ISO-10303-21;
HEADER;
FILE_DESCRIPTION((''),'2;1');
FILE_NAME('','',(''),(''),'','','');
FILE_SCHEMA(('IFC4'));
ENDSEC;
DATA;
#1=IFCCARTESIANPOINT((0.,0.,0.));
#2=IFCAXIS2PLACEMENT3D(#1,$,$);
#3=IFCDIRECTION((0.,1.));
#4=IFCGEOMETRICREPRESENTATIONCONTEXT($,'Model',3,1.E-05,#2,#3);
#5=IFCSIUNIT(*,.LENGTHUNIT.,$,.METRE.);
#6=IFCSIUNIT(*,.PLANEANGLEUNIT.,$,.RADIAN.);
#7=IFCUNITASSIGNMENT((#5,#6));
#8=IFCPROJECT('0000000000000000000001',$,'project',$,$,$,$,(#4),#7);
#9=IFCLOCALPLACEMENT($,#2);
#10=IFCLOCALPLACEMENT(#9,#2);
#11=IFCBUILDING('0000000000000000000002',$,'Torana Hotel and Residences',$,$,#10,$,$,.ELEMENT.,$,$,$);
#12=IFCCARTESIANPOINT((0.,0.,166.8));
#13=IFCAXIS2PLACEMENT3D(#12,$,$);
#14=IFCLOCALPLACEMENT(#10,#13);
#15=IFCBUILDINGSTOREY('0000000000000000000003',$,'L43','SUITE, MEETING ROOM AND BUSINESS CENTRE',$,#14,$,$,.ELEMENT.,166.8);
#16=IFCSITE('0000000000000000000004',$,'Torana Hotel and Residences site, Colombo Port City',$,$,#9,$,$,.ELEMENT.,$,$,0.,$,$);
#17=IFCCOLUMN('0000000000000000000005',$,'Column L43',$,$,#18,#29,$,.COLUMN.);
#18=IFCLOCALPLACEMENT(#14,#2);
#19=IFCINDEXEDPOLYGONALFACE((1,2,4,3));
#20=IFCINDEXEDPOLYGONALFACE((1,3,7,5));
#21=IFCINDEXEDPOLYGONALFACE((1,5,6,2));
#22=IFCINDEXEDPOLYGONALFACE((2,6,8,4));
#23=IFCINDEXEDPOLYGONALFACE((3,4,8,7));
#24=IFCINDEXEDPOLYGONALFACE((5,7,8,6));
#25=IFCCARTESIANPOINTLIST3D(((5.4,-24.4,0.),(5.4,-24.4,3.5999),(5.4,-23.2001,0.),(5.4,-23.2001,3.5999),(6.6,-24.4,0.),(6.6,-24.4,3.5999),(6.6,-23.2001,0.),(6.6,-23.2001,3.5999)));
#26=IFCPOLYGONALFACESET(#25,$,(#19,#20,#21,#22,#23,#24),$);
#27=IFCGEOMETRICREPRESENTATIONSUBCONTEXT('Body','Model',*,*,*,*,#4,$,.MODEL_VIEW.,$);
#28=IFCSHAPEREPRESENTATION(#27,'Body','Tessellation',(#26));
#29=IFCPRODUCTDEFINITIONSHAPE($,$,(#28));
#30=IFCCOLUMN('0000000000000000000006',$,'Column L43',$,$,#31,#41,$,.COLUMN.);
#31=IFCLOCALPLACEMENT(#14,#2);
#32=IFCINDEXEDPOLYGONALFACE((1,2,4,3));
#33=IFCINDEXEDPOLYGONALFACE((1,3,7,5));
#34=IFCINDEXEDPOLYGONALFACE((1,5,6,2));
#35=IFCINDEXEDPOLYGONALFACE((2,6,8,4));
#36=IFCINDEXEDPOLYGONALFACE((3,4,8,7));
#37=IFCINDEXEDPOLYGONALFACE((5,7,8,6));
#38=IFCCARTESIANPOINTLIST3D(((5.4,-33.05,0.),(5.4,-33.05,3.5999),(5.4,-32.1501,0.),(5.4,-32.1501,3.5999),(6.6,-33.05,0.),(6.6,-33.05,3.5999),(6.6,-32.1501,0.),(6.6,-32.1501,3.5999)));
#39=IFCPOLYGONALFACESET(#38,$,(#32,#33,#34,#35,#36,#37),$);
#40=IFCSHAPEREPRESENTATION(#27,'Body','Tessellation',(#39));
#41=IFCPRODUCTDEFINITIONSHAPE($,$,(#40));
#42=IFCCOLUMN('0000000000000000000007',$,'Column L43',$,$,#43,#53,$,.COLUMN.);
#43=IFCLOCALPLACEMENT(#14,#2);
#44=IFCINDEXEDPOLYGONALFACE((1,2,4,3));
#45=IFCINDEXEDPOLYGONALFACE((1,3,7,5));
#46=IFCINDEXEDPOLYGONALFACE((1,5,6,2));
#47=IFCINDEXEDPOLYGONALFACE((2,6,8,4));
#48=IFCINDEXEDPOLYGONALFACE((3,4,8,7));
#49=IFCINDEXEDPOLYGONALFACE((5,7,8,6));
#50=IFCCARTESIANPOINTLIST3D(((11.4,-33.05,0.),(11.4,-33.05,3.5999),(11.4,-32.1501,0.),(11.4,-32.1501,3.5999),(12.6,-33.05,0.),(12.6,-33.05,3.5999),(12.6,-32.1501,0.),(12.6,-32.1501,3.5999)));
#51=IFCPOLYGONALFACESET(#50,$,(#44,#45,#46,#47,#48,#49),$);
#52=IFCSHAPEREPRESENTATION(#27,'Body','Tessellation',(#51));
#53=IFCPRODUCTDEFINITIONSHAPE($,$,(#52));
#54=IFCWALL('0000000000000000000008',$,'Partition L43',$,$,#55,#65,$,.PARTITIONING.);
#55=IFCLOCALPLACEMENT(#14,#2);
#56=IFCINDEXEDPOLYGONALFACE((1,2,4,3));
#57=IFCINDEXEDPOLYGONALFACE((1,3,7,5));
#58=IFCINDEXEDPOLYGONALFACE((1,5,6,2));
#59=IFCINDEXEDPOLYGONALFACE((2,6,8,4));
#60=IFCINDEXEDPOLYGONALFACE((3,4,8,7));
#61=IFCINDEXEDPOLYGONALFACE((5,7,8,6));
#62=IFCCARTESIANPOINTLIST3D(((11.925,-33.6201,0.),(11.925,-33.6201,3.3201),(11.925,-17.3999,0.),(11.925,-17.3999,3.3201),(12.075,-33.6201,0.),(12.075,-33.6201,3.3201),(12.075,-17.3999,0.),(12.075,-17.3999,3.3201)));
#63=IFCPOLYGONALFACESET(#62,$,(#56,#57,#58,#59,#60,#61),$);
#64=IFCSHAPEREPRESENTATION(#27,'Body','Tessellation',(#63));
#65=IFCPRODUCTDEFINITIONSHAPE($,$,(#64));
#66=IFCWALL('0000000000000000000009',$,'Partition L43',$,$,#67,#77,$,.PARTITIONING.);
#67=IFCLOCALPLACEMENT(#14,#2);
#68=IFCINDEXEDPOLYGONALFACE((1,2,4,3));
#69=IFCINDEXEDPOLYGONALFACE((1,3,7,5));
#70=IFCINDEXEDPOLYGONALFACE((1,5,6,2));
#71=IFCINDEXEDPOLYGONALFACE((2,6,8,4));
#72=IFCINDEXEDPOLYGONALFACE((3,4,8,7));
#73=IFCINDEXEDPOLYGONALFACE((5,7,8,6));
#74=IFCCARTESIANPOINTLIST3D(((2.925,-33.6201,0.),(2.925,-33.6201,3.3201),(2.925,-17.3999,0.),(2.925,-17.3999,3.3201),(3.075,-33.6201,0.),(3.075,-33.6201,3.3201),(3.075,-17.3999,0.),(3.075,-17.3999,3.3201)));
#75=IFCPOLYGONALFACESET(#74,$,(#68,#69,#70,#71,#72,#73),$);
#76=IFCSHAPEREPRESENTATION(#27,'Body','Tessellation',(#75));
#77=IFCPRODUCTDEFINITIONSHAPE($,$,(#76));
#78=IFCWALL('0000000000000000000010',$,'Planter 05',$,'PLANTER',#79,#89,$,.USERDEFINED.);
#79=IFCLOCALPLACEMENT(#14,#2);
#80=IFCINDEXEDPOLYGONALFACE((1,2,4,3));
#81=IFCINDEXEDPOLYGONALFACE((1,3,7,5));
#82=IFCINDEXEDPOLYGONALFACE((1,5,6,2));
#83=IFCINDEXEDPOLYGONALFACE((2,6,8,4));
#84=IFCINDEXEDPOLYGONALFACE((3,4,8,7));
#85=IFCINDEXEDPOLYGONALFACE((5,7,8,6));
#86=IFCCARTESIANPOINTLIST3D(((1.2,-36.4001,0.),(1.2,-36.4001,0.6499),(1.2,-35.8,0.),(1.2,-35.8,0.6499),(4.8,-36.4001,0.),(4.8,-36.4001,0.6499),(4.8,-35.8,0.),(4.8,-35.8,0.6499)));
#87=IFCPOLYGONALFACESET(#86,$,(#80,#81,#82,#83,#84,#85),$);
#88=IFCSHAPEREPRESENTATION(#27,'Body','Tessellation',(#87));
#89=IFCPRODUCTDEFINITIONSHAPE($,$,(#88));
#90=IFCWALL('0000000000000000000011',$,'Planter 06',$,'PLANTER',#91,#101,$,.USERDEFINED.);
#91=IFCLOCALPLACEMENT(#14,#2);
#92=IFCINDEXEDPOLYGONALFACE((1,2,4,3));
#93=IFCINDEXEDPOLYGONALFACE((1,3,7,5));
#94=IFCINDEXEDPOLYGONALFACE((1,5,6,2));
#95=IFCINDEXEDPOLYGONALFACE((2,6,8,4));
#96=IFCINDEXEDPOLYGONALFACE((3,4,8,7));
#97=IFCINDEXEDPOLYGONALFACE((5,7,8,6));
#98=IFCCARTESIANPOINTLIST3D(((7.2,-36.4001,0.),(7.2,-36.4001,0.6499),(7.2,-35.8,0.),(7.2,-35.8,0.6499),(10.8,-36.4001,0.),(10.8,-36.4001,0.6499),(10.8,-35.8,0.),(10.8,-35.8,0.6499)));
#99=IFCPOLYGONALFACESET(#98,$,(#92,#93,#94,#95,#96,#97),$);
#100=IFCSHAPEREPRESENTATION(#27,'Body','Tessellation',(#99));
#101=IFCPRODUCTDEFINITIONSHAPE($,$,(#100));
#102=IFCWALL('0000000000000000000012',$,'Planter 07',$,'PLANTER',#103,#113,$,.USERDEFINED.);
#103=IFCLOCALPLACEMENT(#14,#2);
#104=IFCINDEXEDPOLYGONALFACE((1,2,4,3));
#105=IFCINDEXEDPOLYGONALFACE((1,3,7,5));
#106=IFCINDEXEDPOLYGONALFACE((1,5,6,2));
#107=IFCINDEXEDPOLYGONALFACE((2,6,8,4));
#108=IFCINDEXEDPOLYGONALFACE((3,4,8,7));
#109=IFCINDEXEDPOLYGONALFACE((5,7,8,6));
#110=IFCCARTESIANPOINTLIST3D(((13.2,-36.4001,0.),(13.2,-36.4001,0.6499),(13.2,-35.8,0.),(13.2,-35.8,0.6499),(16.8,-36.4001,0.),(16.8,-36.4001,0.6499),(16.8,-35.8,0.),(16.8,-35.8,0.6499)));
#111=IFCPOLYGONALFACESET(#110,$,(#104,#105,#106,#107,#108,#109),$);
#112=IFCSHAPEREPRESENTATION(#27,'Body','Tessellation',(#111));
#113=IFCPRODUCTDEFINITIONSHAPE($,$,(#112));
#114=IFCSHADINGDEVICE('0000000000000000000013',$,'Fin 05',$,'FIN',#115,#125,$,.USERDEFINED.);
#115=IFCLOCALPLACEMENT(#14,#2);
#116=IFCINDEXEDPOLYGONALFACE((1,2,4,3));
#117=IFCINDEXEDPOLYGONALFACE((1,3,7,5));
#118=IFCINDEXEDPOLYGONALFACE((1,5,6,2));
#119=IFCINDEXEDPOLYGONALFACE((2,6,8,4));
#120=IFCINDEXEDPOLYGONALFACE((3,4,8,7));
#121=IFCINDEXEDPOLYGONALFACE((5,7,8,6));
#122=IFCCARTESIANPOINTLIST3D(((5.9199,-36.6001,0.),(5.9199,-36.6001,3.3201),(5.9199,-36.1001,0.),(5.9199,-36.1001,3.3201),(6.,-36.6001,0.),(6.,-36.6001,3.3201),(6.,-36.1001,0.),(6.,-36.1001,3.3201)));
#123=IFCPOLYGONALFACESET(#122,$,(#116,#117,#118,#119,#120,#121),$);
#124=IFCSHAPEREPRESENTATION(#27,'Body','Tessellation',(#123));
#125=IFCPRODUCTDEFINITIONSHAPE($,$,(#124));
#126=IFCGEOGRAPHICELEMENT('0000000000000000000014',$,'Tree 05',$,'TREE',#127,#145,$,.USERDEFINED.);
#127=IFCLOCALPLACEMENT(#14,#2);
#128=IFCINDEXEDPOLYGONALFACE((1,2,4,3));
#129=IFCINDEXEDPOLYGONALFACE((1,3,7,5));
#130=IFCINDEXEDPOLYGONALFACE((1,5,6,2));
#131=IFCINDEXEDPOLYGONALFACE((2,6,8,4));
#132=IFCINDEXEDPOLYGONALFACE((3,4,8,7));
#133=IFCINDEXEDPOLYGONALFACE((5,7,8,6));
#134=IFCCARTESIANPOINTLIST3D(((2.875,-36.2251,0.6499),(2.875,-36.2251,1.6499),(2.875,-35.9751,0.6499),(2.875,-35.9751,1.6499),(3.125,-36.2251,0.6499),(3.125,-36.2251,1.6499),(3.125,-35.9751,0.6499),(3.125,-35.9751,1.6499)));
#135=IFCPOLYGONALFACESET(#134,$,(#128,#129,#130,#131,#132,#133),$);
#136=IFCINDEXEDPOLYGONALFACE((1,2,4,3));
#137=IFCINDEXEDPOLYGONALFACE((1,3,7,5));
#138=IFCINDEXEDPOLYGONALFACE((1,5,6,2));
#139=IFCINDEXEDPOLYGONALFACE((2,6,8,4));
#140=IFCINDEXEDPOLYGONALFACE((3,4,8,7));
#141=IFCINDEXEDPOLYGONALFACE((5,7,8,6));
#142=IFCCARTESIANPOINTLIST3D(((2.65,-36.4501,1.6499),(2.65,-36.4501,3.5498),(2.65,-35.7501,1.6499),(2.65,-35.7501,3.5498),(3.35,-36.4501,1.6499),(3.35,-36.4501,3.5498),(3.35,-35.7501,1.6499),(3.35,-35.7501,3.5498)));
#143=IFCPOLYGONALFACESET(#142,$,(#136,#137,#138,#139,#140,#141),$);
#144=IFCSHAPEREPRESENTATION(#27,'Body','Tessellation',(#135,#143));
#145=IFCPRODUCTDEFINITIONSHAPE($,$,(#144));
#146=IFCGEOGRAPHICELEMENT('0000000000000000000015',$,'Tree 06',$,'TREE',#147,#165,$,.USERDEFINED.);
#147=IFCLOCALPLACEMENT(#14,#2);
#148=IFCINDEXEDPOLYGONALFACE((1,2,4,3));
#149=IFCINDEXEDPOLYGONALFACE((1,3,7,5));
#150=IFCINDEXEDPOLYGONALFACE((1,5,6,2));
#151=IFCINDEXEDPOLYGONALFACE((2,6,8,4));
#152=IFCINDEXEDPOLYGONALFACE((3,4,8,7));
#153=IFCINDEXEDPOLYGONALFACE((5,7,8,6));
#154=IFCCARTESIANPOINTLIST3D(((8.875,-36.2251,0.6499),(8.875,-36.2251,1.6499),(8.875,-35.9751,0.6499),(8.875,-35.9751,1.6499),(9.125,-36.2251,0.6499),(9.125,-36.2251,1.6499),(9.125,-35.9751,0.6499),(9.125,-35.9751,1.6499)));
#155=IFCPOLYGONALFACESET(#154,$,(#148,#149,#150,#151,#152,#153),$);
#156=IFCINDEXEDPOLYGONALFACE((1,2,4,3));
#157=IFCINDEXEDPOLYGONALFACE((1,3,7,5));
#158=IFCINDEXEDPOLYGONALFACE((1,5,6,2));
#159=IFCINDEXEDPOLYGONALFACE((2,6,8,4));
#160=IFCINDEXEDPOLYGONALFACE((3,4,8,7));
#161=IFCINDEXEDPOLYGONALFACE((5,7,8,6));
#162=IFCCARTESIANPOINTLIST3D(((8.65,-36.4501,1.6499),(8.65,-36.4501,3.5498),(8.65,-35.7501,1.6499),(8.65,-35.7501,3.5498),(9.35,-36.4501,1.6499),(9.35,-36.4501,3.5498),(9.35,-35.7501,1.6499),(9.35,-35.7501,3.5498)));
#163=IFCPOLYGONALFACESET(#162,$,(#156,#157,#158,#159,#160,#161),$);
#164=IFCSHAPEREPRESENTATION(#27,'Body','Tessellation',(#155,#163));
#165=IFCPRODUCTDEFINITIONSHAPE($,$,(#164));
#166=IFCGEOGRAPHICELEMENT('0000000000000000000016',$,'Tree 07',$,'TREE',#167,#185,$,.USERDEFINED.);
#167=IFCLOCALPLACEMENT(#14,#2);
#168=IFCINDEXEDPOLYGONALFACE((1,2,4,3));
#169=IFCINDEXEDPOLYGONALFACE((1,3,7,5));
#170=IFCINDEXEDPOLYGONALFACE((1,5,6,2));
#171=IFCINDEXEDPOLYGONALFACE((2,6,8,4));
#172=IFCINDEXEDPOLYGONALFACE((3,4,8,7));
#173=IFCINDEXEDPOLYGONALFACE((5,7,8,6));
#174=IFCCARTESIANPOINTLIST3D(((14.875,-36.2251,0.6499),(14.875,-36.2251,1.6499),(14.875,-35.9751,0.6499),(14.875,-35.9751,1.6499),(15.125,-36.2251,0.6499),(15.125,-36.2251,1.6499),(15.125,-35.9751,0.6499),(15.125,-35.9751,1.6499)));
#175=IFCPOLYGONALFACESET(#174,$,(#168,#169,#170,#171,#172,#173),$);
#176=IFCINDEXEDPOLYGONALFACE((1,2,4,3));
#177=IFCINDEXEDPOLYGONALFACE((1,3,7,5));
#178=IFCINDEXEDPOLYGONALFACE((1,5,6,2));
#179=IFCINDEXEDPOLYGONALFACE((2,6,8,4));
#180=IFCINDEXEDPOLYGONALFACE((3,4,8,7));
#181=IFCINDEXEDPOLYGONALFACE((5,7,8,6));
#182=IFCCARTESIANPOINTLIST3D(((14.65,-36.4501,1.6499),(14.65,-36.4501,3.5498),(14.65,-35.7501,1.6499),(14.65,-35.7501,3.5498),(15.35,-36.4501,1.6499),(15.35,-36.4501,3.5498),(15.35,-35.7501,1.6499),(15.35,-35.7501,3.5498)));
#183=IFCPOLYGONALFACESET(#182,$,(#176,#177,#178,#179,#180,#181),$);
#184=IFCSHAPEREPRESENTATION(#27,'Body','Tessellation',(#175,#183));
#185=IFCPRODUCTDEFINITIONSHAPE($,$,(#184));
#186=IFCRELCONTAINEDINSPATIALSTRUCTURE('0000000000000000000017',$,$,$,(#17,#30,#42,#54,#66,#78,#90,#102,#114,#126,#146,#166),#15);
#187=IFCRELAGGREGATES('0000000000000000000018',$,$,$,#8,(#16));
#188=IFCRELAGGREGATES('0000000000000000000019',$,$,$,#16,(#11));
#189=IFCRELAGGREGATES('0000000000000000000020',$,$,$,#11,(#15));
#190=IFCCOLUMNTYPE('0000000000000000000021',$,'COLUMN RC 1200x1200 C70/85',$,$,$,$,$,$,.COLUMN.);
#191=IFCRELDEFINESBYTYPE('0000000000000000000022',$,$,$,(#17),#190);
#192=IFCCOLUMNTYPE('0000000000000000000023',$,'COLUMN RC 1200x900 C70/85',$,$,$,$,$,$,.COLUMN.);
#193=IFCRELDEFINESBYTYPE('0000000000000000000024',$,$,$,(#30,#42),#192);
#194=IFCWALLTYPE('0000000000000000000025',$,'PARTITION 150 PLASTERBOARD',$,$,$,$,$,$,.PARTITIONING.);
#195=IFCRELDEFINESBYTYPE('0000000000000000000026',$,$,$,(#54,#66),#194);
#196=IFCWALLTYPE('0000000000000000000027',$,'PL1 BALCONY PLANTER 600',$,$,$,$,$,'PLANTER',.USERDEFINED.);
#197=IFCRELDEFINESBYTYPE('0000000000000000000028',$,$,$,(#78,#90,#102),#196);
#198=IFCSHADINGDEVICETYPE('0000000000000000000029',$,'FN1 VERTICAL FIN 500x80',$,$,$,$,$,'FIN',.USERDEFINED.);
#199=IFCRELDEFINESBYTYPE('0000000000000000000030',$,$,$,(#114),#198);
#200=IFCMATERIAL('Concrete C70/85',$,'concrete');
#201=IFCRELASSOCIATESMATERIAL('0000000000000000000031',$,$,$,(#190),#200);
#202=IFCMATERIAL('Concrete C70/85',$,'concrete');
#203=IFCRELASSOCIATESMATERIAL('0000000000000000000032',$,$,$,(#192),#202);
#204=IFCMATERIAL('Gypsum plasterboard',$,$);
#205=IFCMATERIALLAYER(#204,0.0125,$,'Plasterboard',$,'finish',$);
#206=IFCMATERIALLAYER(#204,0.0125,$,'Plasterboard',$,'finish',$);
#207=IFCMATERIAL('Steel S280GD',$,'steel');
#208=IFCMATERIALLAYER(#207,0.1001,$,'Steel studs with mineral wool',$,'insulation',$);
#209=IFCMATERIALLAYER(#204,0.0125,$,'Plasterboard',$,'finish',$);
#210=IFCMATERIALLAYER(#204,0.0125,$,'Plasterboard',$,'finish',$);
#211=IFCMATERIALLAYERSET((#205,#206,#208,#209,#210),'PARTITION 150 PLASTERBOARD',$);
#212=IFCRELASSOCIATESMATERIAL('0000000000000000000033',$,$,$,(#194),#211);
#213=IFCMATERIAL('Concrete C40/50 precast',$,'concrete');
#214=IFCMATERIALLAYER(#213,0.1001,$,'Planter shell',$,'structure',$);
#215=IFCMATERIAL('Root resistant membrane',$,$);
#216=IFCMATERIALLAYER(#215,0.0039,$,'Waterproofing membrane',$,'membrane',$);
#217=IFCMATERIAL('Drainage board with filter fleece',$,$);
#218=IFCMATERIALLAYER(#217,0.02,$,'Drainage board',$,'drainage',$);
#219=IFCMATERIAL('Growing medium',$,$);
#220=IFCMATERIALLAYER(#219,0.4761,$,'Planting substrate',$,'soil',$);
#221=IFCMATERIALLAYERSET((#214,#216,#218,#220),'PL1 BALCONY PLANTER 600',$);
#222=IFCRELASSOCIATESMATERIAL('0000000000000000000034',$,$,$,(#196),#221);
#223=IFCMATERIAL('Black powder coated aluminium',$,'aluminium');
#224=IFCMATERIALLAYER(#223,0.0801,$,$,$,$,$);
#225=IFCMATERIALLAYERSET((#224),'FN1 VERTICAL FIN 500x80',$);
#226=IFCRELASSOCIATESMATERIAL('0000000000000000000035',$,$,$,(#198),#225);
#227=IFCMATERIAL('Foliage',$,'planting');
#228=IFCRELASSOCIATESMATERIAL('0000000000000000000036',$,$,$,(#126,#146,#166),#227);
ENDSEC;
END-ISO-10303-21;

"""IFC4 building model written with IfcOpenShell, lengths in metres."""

from ifc_helpers import new_model, si_unit, direction, frame, frame_2d, origin, origin_2d, place, context, subcontext, project, spatial, rectangle, extrude, material, layer, layer_set, material_profile, profile_set, type_object, element, save


model = new_model("IFC4")

# Units and contexts
model_context = context("Model", 3, precision=1e-05, world=origin(), true_north=direction((0.0, 1.0)))
body_context = subcontext(model_context, "Body", "Model", "MODEL_VIEW")
ifc_project = project(units=[si_unit("LENGTHUNIT", "METRE"), si_unit("PLANEANGLEUNIT", "RADIAN")], contexts=[model_context])

# Site, building, storey
site_placement = place(None, origin())
site = spatial("IfcSite", under=ifc_project, at=site_placement, Name="Torana Hotel and Residences site, Colombo Port City", CompositionType="ELEMENT", RefElevation=0.0)
building_placement = place(site_placement, origin())
building = spatial("IfcBuilding", under=site, at=building_placement, Name="Torana Hotel and Residences", CompositionType="ELEMENT")
storey_placement = place(building_placement, frame((0.0, 0.0, 166.8)))
storey = spatial("IfcBuildingStorey", under=building, at=storey_placement, Name="L43", Description="SUITE, MEETING ROOM AND BUSINESS CENTRE", CompositionType="ELEMENT", Elevation=166.8)

# Columns
ifc_material_1 = material(Name="Concrete C70/85", Category="concrete")
ifc_material_profile_1 = material_profile(ifc_material_1, rectangle(XDim=1.2, YDim=1.2, at=origin_2d()), Name="RC 1200x1200")
ifc_profile_set_1 = profile_set([ifc_material_profile_1], Name="Concrete C70/85")
column_type_1 = type_object("IfcColumnType", Name="COLUMN RC 1200x1200 C70/85", PredefinedType="COLUMN", material=ifc_profile_set_1)
column_placement = place(storey_placement, frame((6.0, -23.8, 0.0), z_axis=(0.0, 0.0, 1.0), x_axis=(1.0, 0.0, 0.0)))
element("IfcColumn", 1, at=column_placement, inside=storey, type_object=column_type_1, Name="Column L43", PredefinedType="COLUMN", context=body_context, shape_type="SweptSolid", body=[
    extrude(rectangle(XDim=1.2, YDim=1.2, at=origin_2d()), origin(), (0.0, 0.0, 1.0), 3.5999),
])
ifc_material_2 = material(Name="Concrete C70/85", Category="concrete")
ifc_material_profile_2 = material_profile(ifc_material_2, rectangle(XDim=1.2, YDim=0.8999, at=origin_2d()), Name="RC 1200x900")
ifc_profile_set_2 = profile_set([ifc_material_profile_2], Name="Concrete C70/85")
column_type_2 = type_object("IfcColumnType", Name="COLUMN RC 1200x900 C70/85", PredefinedType="COLUMN", material=ifc_profile_set_2)
for number, where, z_axis, x_axis, name in (
    (2, (6.0, -32.6001, 0.0), (0.0, 0.0, 1.0), (1.0, 0.0, 0.0), "Column L43"),
    (3, (12.0, -32.6001, 0.0), (0.0, 0.0, 1.0), (1.0, 0.0, 0.0), "Column L43"),
):
    element("IfcColumn", number, at=place(storey_placement, frame(where, z_axis=z_axis, x_axis=x_axis)), inside=storey, type_object=column_type_2, Name=name, PredefinedType="COLUMN", context=body_context, shape_type="SweptSolid", body=[
        extrude(rectangle(XDim=1.2, YDim=0.8999, at=origin_2d()), origin(), (0.0, 0.0, 1.0), 3.5999),
    ])

# Walls
ifc_material_3 = material(Name="Gypsum plasterboard")
ifc_layer_1 = layer(ifc_material_3, 0.0125, Name="Plasterboard", Category="finish")
ifc_layer_2 = layer(ifc_material_3, 0.0125, Name="Plasterboard", Category="finish")
ifc_material_4 = material(Name="Steel S280GD", Category="steel")
ifc_layer_3 = layer(ifc_material_4, 0.1001, Name="Steel studs with mineral wool", Category="insulation")
ifc_layer_4 = layer(ifc_material_3, 0.0125, Name="Plasterboard", Category="finish")
ifc_layer_5 = layer(ifc_material_3, 0.0125, Name="Plasterboard", Category="finish")
ifc_layer_set_1 = layer_set([ifc_layer_1, ifc_layer_2, ifc_layer_3, ifc_layer_4, ifc_layer_5], Name="PARTITION 150 PLASTERBOARD")
wall_type_1 = type_object("IfcWallType", Name="PARTITION 150 PLASTERBOARD", PredefinedType="PARTITIONING", material=ifc_layer_set_1)
for number, where, z_axis, x_axis, name in (
    (4, (12.0, -33.6201, 0.0), (0.0, 0.0, 1.0), (0.0, 1.0, 0.0), "Partition L43"),
    (5, (3.0, -33.6201, 0.0), (0.0, 0.0, 1.0), (0.0, 1.0, 0.0), "Partition L43"),
):
    element("IfcWall", number, at=place(storey_placement, frame(where, z_axis=z_axis, x_axis=x_axis)), inside=storey, type_object=wall_type_1, Name=name, PredefinedType="PARTITIONING", context=body_context, shape_type="SweptSolid", body=[
        extrude(rectangle(XDim=16.2202, YDim=0.1499, at=frame_2d((8.1101, 0.0))), origin(), (0.0, 0.0, 1.0), 3.3201),
    ])
ifc_material_5 = material(Name="Concrete C40/50 precast", Category="concrete")
ifc_layer_6 = layer(ifc_material_5, 0.1001, Name="Planter shell", Category="structure")
ifc_material_6 = material(Name="Root resistant membrane")
ifc_layer_7 = layer(ifc_material_6, 0.0039, Name="Waterproofing membrane", Category="membrane")
ifc_material_7 = material(Name="Drainage board with filter fleece")
ifc_layer_8 = layer(ifc_material_7, 0.02, Name="Drainage board", Category="drainage")
ifc_material_8 = material(Name="Growing medium")
ifc_layer_9 = layer(ifc_material_8, 0.4761, Name="Planting substrate", Category="soil")
ifc_layer_set_2 = layer_set([ifc_layer_6, ifc_layer_7, ifc_layer_8, ifc_layer_9], Name="PL1 BALCONY PLANTER 600")
wall_type_2 = type_object("IfcWallType", Name="PL1 BALCONY PLANTER 600", ElementType="PLANTER", PredefinedType="USERDEFINED", material=ifc_layer_set_2)
for number, where, z_axis, x_axis, name in (
    (6, (4.8, -36.1001, 0.0), (0.0, 0.0, 1.0), (-1.0, 0.0, 0.0), "Planter 05"),
    (7, (10.8, -36.1001, 0.0), (0.0, 0.0, 1.0), (-1.0, 0.0, 0.0), "Planter 06"),
    (8, (16.8, -36.1001, 0.0), (0.0, 0.0, 1.0), (-1.0, 0.0, 0.0), "Planter 07"),
):
    element("IfcWall", number, at=place(storey_placement, frame(where, z_axis=z_axis, x_axis=x_axis)), inside=storey, type_object=wall_type_2, Name=name, ObjectType="PLANTER", PredefinedType="USERDEFINED", context=body_context, shape_type="SweptSolid", body=[
        extrude(rectangle(XDim=3.6001, YDim=0.6001, at=frame_2d((1.8, 0.0))), origin(), (0.0, 0.0, 1.0), 0.6499),
    ])

# Shading device
ifc_material_9 = material(Name="Black powder coated aluminium", Category="aluminium")
ifc_layer_10 = layer(ifc_material_9, 0.0801)
ifc_layer_set_3 = layer_set([ifc_layer_10], Name="FN1 VERTICAL FIN 500x80")
shading_device_type = type_object("IfcShadingDeviceType", Name="FN1 VERTICAL FIN 500x80", ElementType="FIN", PredefinedType="USERDEFINED", material=ifc_layer_set_3)
shading_device_placement = place(storey_placement, frame((5.96, -36.3501, 0.0), z_axis=(0.0, 0.0, 1.0), x_axis=(-1.0, 0.0, 0.0)))
element("IfcShadingDevice", 9, at=shading_device_placement, inside=storey, type_object=shading_device_type, Name="Fin 05", ObjectType="FIN", PredefinedType="USERDEFINED", context=body_context, shape_type="SweptSolid", body=[
    extrude(rectangle(XDim=0.0801, YDim=0.5, at=origin_2d()), origin(), (0.0, 0.0, 1.0), 3.3201),
])

# Geographic elements
ifc_material_10 = material(Name="Foliage", Category="planting")
for number, where, z_axis, x_axis, name in (
    (10, (3.0, -36.1001, 0.6499), (0.0, 0.0, 1.0), (1.0, 0.0, 0.0), "Tree 05"),
    (11, (9.0, -36.1001, 0.6499), (0.0, 0.0, 1.0), (1.0, 0.0, 0.0), "Tree 06"),
    (12, (15.0, -36.1001, 0.6499), (0.0, 0.0, 1.0), (1.0, 0.0, 0.0), "Tree 07"),
):
    element("IfcGeographicElement", number, at=place(storey_placement, frame(where, z_axis=z_axis, x_axis=x_axis)), inside=storey, material=ifc_material_10, Name=name, ObjectType="TREE", PredefinedType="USERDEFINED", context=body_context, shape_type="SweptSolid", body=[
        extrude(rectangle(XDim=0.25, YDim=0.25, at=origin_2d()), origin(), (0.0, 0.0, 1.0), 1.0),
        extrude(rectangle(XDim=0.7, YDim=0.7, at=origin_2d()), frame((0.0, 0.0, 1.0)), (0.0, 0.0, 1.0), 1.8999),
    ])

save(model, "model.ifc")
